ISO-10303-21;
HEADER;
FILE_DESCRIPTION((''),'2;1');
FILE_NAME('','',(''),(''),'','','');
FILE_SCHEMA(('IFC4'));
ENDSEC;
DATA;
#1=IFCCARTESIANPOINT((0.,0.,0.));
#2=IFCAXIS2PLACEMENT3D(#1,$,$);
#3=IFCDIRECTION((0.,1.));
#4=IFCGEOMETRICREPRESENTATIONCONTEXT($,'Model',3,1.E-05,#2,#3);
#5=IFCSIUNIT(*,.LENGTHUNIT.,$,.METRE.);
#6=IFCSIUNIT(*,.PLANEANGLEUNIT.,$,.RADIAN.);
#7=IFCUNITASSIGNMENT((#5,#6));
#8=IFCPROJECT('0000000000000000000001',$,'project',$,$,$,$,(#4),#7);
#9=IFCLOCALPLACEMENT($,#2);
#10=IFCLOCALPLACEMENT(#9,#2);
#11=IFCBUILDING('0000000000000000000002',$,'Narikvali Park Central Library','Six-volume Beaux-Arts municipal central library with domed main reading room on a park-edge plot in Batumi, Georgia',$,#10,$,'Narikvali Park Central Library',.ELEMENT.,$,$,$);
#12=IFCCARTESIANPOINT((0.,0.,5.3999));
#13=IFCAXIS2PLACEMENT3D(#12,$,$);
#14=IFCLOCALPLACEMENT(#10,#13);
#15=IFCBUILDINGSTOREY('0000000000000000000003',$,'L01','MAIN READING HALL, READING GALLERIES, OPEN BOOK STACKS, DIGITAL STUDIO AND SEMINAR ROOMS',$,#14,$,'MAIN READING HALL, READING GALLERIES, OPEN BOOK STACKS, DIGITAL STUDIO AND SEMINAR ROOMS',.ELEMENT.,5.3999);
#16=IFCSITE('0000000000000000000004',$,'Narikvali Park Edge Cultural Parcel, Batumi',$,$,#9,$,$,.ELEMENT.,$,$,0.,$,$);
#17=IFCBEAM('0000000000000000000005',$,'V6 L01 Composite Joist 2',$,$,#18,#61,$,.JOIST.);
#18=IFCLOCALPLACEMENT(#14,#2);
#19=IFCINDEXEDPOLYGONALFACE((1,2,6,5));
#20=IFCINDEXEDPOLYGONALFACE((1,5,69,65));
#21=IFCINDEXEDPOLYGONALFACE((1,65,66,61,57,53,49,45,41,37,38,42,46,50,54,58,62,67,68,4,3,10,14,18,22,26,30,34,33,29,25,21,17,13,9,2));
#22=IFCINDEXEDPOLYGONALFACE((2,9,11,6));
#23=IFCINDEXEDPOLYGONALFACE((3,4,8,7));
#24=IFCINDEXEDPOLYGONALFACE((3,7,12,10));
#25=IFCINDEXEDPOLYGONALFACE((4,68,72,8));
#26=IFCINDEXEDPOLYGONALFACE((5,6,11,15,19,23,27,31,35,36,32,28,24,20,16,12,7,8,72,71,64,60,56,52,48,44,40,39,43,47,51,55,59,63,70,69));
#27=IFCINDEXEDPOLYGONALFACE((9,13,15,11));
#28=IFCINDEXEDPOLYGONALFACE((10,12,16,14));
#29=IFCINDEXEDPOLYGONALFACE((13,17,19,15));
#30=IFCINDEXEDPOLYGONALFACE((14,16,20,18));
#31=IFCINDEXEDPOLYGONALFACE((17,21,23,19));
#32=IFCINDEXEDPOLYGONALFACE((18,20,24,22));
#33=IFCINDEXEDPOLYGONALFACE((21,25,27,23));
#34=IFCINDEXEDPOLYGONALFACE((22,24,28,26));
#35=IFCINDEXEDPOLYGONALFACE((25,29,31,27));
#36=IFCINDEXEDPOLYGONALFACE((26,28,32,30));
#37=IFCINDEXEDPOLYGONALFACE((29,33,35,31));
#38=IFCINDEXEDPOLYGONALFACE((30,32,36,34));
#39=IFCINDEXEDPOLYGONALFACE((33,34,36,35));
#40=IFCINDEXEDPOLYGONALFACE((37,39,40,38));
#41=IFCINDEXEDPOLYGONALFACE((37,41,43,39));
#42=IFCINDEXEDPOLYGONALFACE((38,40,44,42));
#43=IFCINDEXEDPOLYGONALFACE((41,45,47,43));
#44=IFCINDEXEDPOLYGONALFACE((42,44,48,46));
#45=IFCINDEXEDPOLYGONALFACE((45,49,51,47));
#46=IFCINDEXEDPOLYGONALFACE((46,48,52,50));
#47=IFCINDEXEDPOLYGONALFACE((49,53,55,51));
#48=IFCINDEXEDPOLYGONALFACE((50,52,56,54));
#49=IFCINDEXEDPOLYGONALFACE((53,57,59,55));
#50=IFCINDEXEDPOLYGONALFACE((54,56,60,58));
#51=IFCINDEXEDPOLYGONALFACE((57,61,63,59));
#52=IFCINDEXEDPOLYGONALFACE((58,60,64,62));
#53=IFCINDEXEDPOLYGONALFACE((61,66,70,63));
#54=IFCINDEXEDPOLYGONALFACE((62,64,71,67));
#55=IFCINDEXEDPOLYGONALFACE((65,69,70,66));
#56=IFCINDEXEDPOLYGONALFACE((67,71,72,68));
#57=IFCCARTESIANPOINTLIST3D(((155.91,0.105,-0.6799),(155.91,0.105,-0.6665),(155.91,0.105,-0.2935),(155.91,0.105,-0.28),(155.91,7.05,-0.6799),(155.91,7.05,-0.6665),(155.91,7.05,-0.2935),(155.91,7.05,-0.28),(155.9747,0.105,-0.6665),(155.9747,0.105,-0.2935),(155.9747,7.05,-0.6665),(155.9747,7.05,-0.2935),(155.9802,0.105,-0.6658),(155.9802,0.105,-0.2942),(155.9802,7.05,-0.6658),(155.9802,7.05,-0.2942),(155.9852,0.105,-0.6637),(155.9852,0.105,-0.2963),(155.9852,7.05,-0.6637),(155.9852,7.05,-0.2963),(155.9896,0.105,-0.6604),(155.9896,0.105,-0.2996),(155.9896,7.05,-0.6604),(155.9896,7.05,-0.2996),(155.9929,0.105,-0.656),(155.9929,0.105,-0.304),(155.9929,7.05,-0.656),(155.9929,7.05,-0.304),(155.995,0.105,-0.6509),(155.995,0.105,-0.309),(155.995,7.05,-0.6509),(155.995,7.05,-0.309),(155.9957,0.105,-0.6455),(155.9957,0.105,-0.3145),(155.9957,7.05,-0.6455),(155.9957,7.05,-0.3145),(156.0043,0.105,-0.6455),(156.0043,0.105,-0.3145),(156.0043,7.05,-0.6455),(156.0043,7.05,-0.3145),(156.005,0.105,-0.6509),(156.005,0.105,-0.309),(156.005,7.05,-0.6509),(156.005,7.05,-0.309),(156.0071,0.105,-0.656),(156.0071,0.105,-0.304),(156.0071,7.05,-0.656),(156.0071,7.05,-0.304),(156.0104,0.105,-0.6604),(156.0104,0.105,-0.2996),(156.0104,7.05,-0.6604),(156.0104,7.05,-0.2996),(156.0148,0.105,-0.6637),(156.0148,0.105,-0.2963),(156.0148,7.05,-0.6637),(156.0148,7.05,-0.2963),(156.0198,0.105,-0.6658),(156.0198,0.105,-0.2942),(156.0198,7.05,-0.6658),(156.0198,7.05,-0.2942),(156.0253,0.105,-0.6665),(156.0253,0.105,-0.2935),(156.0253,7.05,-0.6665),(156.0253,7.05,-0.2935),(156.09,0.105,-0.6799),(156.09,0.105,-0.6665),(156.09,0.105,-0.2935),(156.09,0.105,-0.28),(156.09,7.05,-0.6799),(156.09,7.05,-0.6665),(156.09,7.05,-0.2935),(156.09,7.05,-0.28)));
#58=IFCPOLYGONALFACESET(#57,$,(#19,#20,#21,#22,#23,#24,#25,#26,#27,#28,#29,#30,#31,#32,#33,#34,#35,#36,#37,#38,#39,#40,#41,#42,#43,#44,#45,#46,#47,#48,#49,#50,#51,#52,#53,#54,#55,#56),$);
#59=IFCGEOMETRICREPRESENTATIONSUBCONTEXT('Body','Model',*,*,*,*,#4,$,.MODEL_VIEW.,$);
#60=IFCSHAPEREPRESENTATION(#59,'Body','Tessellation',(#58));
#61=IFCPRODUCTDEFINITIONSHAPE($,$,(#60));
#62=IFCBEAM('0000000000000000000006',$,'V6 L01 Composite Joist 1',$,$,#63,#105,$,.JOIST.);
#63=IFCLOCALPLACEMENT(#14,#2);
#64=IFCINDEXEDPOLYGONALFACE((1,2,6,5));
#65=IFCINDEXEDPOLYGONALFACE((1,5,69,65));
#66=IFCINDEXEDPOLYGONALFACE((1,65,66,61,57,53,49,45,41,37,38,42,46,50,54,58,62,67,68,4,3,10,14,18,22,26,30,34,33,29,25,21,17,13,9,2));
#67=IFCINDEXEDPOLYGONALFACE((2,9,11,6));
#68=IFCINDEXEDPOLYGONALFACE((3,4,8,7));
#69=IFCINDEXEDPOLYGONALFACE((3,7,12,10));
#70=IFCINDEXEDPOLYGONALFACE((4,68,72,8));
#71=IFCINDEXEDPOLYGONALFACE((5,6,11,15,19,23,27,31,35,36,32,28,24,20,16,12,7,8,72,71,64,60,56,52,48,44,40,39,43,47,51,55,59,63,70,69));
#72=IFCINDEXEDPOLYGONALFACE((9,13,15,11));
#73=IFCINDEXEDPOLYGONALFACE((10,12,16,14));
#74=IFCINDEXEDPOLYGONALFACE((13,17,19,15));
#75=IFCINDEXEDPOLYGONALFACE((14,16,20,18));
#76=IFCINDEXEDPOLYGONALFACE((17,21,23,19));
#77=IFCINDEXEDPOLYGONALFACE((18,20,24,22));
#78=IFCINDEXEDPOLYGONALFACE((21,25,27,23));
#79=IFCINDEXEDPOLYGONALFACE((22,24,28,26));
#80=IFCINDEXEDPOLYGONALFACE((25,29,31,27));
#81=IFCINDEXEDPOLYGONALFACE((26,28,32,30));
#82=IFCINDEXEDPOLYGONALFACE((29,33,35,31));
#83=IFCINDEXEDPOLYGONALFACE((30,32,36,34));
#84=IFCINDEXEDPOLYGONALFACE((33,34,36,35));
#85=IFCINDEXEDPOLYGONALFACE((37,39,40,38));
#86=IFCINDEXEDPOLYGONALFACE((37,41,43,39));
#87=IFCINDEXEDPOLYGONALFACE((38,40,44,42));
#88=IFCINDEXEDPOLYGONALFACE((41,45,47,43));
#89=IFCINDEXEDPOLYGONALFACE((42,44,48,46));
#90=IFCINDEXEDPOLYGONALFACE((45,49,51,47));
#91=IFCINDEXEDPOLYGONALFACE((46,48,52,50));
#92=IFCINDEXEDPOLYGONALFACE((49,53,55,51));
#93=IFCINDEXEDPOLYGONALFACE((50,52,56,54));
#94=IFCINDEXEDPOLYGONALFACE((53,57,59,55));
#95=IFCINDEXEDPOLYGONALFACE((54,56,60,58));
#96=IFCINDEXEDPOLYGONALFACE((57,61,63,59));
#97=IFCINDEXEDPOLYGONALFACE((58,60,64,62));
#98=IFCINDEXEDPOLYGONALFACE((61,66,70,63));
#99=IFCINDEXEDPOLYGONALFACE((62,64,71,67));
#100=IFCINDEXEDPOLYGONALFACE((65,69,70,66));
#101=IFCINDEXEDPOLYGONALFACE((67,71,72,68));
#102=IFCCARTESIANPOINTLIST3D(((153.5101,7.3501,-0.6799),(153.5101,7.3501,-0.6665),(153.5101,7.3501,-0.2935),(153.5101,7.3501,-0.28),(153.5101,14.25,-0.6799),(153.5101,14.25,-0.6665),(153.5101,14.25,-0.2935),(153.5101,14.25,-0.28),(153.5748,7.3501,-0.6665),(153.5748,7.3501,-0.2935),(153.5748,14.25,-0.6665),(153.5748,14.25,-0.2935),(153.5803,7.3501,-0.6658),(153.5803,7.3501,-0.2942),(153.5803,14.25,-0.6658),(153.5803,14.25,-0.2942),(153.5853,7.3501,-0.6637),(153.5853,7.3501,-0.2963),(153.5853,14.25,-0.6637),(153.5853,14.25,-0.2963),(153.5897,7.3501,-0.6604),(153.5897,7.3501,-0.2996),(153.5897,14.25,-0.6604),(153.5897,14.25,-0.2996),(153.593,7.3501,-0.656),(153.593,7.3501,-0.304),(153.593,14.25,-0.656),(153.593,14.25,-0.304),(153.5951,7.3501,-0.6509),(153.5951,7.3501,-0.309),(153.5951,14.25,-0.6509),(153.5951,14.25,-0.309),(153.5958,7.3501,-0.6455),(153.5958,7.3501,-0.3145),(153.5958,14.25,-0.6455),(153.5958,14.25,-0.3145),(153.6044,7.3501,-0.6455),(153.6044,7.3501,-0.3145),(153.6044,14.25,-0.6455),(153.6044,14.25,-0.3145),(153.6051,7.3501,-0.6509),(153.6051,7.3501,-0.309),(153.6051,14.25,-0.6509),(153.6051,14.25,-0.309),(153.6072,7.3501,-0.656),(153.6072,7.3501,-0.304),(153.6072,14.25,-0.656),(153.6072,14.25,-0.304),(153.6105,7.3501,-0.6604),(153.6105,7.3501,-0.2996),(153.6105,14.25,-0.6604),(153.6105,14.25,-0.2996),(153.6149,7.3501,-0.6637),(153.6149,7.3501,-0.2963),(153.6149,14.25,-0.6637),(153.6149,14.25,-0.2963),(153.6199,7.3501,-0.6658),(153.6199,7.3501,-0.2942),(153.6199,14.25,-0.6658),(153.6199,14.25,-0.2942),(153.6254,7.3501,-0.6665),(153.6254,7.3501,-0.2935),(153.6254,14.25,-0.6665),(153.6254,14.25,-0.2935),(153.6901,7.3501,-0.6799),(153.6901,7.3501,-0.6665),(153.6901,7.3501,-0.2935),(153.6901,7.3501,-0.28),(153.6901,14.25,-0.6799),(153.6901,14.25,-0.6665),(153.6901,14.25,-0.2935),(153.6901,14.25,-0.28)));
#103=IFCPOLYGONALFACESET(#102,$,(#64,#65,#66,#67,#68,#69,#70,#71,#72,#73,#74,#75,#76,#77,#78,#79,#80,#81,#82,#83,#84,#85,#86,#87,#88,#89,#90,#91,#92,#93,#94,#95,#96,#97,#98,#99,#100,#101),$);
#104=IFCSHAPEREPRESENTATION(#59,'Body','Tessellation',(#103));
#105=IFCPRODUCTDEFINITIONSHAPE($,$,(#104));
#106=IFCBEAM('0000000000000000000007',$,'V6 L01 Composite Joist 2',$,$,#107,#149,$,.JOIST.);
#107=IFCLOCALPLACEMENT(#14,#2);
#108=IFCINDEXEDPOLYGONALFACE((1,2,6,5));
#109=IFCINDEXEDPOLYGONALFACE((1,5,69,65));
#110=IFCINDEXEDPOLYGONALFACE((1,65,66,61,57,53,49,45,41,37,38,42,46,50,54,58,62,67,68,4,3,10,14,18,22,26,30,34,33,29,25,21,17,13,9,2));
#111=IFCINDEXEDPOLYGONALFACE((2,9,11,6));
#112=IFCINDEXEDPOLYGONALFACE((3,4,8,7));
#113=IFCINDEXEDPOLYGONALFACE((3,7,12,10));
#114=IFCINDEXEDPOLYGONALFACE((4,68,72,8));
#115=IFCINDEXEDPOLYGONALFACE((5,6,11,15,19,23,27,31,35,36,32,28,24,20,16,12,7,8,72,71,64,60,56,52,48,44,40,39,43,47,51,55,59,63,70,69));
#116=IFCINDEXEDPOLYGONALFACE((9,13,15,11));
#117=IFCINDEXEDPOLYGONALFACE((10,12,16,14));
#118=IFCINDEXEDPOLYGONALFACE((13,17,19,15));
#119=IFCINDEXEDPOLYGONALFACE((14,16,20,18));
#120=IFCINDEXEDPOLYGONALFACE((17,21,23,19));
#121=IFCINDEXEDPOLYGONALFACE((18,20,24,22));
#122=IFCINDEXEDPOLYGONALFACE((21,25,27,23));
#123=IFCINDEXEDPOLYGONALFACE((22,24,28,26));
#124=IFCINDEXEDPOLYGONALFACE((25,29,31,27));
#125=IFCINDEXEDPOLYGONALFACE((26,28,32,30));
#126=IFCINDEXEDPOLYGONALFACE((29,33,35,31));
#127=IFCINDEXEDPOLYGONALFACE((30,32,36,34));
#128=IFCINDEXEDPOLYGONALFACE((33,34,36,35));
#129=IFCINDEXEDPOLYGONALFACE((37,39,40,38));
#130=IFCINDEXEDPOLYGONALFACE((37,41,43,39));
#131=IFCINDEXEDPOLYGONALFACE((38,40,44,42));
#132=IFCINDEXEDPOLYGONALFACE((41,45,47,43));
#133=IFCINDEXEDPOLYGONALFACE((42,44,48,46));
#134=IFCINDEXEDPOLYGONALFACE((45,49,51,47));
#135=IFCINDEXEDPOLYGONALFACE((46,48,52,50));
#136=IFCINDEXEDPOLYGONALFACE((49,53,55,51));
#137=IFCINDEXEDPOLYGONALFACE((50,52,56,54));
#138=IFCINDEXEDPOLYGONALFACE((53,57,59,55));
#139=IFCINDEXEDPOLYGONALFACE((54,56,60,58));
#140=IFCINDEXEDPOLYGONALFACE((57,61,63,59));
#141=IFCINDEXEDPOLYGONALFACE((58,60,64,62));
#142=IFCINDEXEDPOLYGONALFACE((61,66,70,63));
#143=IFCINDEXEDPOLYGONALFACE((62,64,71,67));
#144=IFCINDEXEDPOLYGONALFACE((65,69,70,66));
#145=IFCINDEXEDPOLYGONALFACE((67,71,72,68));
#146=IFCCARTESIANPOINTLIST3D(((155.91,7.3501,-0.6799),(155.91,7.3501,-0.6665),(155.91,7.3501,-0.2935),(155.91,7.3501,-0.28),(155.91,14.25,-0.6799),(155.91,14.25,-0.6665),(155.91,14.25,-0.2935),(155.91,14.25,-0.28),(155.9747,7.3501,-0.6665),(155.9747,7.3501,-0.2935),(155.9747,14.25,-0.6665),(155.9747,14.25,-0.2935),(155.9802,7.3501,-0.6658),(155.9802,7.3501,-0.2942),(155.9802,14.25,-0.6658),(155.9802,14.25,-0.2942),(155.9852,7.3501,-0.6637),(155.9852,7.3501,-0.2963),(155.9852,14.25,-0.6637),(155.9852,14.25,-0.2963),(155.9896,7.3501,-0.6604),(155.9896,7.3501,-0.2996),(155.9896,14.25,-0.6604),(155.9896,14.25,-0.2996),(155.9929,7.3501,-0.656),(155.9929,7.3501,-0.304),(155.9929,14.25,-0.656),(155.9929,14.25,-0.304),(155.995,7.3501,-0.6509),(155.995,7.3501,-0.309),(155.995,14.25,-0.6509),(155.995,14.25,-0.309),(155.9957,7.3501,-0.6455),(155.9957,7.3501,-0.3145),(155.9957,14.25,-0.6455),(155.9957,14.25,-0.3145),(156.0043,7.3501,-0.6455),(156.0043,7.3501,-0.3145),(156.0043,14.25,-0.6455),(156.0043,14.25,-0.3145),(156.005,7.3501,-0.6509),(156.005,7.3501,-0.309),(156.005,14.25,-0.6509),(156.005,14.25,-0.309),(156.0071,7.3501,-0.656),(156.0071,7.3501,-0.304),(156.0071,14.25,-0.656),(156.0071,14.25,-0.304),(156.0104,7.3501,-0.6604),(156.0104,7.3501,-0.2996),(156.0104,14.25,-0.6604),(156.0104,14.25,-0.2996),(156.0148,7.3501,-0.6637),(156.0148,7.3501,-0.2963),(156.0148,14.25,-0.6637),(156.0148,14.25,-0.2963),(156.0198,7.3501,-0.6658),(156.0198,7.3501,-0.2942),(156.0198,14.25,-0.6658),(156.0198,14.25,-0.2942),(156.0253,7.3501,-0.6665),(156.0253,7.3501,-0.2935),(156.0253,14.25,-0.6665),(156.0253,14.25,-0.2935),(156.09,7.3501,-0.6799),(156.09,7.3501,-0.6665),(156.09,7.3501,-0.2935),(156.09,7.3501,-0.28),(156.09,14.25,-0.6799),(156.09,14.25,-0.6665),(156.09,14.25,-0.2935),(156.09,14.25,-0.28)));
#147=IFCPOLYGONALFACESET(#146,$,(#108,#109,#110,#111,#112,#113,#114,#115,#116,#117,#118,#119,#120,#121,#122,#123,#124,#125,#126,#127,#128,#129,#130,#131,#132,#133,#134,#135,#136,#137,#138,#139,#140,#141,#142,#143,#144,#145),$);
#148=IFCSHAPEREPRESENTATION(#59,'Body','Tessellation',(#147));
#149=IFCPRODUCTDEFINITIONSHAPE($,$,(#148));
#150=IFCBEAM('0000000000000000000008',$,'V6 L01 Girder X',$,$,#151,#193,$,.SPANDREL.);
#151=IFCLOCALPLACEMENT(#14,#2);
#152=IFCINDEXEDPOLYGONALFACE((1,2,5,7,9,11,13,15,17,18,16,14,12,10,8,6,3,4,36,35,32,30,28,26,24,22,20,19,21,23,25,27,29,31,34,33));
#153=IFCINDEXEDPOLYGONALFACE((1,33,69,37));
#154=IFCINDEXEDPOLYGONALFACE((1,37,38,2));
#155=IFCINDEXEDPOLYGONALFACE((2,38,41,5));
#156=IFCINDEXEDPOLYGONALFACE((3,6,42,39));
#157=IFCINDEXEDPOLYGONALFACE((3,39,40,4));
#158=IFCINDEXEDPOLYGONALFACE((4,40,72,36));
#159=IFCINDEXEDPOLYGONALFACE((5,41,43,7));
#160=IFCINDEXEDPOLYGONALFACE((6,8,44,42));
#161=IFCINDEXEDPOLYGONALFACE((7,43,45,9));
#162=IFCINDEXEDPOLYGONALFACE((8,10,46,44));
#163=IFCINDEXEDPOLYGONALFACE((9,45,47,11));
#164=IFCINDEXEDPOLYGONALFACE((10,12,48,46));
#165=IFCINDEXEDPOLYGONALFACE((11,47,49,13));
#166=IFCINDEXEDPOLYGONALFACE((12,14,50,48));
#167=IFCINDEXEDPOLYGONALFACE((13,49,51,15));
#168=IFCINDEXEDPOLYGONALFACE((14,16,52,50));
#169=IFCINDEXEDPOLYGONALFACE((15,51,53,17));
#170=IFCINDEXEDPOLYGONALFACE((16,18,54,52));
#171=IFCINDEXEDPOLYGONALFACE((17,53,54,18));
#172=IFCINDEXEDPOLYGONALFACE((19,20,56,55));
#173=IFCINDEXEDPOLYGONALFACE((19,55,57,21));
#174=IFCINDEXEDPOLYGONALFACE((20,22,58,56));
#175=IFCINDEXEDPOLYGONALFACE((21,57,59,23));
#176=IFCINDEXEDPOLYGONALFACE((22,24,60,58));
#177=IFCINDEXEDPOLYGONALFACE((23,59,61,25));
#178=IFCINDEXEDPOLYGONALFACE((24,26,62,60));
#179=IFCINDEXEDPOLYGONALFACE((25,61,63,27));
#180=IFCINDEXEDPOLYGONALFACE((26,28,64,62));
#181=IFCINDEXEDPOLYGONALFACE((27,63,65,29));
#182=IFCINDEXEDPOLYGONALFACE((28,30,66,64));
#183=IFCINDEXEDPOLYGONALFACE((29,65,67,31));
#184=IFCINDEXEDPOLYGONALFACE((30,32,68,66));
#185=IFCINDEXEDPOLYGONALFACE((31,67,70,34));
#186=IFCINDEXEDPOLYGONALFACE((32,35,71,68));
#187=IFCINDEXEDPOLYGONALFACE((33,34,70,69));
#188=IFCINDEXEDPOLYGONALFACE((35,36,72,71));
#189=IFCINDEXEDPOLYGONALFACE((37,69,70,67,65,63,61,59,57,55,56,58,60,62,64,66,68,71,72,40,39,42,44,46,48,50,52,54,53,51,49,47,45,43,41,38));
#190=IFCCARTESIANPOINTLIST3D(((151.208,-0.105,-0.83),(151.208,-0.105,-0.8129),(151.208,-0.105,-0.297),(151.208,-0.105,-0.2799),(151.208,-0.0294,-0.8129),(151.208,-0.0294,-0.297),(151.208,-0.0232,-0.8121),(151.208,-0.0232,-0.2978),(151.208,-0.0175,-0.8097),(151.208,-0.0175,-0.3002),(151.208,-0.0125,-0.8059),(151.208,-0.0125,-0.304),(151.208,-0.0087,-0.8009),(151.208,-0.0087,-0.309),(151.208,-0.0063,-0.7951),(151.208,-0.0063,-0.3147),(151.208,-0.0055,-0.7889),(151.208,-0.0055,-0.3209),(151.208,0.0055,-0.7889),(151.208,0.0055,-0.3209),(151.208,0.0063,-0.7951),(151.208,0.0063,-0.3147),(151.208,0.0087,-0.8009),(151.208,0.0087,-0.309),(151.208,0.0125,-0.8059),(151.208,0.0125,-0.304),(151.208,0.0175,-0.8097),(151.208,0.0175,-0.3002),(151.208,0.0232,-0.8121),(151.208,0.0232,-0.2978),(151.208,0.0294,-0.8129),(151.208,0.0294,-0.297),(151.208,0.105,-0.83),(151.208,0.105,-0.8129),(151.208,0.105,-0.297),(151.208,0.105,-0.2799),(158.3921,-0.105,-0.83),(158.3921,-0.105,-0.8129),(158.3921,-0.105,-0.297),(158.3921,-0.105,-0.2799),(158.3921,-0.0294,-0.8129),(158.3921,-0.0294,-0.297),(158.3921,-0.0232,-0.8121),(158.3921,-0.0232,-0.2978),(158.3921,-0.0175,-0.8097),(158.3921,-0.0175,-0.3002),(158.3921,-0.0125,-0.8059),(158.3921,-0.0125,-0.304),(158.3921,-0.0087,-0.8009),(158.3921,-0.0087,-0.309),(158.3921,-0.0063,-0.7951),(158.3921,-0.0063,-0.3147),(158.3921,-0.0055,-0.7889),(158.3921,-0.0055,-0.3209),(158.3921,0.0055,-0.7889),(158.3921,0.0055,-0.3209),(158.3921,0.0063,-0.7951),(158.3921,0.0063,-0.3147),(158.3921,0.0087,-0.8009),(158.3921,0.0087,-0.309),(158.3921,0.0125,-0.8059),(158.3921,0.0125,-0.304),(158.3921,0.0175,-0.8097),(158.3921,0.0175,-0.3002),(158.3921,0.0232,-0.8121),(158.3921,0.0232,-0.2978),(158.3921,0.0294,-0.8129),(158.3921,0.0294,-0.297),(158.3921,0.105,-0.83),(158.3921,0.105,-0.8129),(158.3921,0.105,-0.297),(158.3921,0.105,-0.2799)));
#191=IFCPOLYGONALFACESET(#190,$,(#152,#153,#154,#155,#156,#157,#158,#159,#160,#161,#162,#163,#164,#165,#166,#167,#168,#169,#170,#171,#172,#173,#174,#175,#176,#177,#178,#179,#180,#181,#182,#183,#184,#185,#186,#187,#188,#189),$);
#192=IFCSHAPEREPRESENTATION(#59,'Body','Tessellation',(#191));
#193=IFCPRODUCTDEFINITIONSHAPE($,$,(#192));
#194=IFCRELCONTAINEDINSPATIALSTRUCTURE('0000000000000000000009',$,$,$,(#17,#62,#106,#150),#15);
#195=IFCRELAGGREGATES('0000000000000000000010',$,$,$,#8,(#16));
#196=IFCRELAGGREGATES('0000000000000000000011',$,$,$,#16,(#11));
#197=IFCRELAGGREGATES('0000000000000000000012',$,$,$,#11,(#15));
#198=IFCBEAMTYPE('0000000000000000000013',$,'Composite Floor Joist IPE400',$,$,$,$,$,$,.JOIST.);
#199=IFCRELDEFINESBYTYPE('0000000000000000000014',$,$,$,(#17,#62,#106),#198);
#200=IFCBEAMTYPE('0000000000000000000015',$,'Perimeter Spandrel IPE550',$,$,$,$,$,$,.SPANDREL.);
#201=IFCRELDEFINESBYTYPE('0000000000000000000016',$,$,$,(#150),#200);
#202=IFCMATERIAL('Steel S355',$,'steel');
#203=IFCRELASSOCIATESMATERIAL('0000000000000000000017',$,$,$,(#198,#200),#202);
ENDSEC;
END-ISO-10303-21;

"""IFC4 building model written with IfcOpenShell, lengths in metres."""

from ifc_helpers import new_model, si_unit, direction, frame, origin, origin_2d, place, context, subcontext, project, spatial, i_section, extrude, material, material_profile, profile_set, type_object, element, save


model = new_model("IFC4")

# Units and contexts
model_context = context("Model", 3, precision=1e-05, world=origin(), true_north=direction((0.0, 1.0)))
body_context = subcontext(model_context, "Body", "Model", "MODEL_VIEW")
ifc_project = project(units=[si_unit("LENGTHUNIT", "METRE"), si_unit("PLANEANGLEUNIT", "RADIAN")], contexts=[model_context])

# Site, building, storey
site_placement = place(None, origin())
site = spatial("IfcSite", under=ifc_project, at=site_placement, Name="Narikvali Park Edge Cultural Parcel, Batumi", CompositionType="ELEMENT", RefElevation=0.0)
building_placement = place(site_placement, origin())
building = spatial("IfcBuilding", under=site, at=building_placement, Name="Narikvali Park Central Library", Description="Six-volume Beaux-Arts municipal central library with domed main reading room on a park-edge plot in Batumi, Georgia", LongName="Narikvali Park Central Library", CompositionType="ELEMENT")
storey_placement = place(building_placement, frame((0.0, 0.0, 5.3999)))
storey = spatial("IfcBuildingStorey", under=building, at=storey_placement, Name="L01", Description="MAIN READING HALL, READING GALLERIES, OPEN BOOK STACKS, DIGITAL STUDIO AND SEMINAR ROOMS", LongName="MAIN READING HALL, READING GALLERIES, OPEN BOOK STACKS, DIGITAL STUDIO AND SEMINAR ROOMS", CompositionType="ELEMENT", Elevation=5.3999)

# Shared definitions
ifc_material_1 = material(Name="Steel S355", Category="steel")

# Beams
ifc_material_profile_1 = material_profile(ifc_material_1, i_section(OverallWidth=0.1799, OverallDepth=0.3999, WebThickness=0.0085, FlangeThickness=0.0134, FilletRadius=0.021, at=origin_2d()), Name="IPE 400")
ifc_profile_set_1 = profile_set([ifc_material_profile_1], Name="Steel S355")
beam_type_1 = type_object("IfcBeamType", Name="Composite Floor Joist IPE400", PredefinedType="JOIST", material=ifc_profile_set_1)
for number, where, z_axis, x_axis, name in (
    (1, (156.0, 0.105, -0.48), (0.0, 1.0, 0.0), (-1.0, 0.0, 0.0), "V6 L01 Composite Joist 2"),
):
    element("IfcBeam", number, at=place(storey_placement, frame(where, z_axis=z_axis, x_axis=x_axis)), inside=storey, type_object=beam_type_1, Name=name, PredefinedType="JOIST", context=body_context, shape_type="SweptSolid", body=[
        extrude(i_section(OverallWidth=0.1799, OverallDepth=0.3999, WebThickness=0.0085, FlangeThickness=0.0134, FilletRadius=0.021, at=origin_2d()), origin(), (0.0, 0.0, 1.0), 6.9451),
    ])
for number, where, z_axis, x_axis, name in (
    (2, (153.6001, 7.3501, -0.48), (0.0, 1.0, 0.0), (-1.0, 0.0, 0.0), "V6 L01 Composite Joist 1"),
    (3, (156.0, 7.3501, -0.48), (0.0, 1.0, 0.0), (-1.0, 0.0, 0.0), "V6 L01 Composite Joist 2"),
):
    element("IfcBeam", number, at=place(storey_placement, frame(where, z_axis=z_axis, x_axis=x_axis)), inside=storey, type_object=beam_type_1, Name=name, PredefinedType="JOIST", context=body_context, shape_type="SweptSolid", body=[
        extrude(i_section(OverallWidth=0.1799, OverallDepth=0.3999, WebThickness=0.0085, FlangeThickness=0.0134, FilletRadius=0.021, at=origin_2d()), origin(), (0.0, 0.0, 1.0), 6.8999),
    ])
ifc_material_profile_2 = material_profile(ifc_material_1, i_section(OverallWidth=0.21, OverallDepth=0.55, WebThickness=0.011, FlangeThickness=0.0171, FilletRadius=0.0239, at=origin_2d()), Name="IPE 550")
ifc_profile_set_2 = profile_set([ifc_material_profile_2], Name="Steel S355")
beam_type_2 = type_object("IfcBeamType", Name="Perimeter Spandrel IPE550", PredefinedType="SPANDREL", material=ifc_profile_set_2)
beam_1_placement = place(storey_placement, frame((151.208, 0.0, -0.5549), z_axis=(1.0, 0.0, 0.0), x_axis=(0.0, 1.0, 0.0)))
element("IfcBeam", 4, at=beam_1_placement, inside=storey, type_object=beam_type_2, Name="V6 L01 Girder X", PredefinedType="SPANDREL", context=body_context, shape_type="SweptSolid", body=[
    extrude(i_section(OverallWidth=0.21, OverallDepth=0.55, WebThickness=0.011, FlangeThickness=0.0171, FilletRadius=0.0239, at=origin_2d()), origin(), (0.0, 0.0, 1.0), 7.1841),
])

save(model, "model.ifc")
